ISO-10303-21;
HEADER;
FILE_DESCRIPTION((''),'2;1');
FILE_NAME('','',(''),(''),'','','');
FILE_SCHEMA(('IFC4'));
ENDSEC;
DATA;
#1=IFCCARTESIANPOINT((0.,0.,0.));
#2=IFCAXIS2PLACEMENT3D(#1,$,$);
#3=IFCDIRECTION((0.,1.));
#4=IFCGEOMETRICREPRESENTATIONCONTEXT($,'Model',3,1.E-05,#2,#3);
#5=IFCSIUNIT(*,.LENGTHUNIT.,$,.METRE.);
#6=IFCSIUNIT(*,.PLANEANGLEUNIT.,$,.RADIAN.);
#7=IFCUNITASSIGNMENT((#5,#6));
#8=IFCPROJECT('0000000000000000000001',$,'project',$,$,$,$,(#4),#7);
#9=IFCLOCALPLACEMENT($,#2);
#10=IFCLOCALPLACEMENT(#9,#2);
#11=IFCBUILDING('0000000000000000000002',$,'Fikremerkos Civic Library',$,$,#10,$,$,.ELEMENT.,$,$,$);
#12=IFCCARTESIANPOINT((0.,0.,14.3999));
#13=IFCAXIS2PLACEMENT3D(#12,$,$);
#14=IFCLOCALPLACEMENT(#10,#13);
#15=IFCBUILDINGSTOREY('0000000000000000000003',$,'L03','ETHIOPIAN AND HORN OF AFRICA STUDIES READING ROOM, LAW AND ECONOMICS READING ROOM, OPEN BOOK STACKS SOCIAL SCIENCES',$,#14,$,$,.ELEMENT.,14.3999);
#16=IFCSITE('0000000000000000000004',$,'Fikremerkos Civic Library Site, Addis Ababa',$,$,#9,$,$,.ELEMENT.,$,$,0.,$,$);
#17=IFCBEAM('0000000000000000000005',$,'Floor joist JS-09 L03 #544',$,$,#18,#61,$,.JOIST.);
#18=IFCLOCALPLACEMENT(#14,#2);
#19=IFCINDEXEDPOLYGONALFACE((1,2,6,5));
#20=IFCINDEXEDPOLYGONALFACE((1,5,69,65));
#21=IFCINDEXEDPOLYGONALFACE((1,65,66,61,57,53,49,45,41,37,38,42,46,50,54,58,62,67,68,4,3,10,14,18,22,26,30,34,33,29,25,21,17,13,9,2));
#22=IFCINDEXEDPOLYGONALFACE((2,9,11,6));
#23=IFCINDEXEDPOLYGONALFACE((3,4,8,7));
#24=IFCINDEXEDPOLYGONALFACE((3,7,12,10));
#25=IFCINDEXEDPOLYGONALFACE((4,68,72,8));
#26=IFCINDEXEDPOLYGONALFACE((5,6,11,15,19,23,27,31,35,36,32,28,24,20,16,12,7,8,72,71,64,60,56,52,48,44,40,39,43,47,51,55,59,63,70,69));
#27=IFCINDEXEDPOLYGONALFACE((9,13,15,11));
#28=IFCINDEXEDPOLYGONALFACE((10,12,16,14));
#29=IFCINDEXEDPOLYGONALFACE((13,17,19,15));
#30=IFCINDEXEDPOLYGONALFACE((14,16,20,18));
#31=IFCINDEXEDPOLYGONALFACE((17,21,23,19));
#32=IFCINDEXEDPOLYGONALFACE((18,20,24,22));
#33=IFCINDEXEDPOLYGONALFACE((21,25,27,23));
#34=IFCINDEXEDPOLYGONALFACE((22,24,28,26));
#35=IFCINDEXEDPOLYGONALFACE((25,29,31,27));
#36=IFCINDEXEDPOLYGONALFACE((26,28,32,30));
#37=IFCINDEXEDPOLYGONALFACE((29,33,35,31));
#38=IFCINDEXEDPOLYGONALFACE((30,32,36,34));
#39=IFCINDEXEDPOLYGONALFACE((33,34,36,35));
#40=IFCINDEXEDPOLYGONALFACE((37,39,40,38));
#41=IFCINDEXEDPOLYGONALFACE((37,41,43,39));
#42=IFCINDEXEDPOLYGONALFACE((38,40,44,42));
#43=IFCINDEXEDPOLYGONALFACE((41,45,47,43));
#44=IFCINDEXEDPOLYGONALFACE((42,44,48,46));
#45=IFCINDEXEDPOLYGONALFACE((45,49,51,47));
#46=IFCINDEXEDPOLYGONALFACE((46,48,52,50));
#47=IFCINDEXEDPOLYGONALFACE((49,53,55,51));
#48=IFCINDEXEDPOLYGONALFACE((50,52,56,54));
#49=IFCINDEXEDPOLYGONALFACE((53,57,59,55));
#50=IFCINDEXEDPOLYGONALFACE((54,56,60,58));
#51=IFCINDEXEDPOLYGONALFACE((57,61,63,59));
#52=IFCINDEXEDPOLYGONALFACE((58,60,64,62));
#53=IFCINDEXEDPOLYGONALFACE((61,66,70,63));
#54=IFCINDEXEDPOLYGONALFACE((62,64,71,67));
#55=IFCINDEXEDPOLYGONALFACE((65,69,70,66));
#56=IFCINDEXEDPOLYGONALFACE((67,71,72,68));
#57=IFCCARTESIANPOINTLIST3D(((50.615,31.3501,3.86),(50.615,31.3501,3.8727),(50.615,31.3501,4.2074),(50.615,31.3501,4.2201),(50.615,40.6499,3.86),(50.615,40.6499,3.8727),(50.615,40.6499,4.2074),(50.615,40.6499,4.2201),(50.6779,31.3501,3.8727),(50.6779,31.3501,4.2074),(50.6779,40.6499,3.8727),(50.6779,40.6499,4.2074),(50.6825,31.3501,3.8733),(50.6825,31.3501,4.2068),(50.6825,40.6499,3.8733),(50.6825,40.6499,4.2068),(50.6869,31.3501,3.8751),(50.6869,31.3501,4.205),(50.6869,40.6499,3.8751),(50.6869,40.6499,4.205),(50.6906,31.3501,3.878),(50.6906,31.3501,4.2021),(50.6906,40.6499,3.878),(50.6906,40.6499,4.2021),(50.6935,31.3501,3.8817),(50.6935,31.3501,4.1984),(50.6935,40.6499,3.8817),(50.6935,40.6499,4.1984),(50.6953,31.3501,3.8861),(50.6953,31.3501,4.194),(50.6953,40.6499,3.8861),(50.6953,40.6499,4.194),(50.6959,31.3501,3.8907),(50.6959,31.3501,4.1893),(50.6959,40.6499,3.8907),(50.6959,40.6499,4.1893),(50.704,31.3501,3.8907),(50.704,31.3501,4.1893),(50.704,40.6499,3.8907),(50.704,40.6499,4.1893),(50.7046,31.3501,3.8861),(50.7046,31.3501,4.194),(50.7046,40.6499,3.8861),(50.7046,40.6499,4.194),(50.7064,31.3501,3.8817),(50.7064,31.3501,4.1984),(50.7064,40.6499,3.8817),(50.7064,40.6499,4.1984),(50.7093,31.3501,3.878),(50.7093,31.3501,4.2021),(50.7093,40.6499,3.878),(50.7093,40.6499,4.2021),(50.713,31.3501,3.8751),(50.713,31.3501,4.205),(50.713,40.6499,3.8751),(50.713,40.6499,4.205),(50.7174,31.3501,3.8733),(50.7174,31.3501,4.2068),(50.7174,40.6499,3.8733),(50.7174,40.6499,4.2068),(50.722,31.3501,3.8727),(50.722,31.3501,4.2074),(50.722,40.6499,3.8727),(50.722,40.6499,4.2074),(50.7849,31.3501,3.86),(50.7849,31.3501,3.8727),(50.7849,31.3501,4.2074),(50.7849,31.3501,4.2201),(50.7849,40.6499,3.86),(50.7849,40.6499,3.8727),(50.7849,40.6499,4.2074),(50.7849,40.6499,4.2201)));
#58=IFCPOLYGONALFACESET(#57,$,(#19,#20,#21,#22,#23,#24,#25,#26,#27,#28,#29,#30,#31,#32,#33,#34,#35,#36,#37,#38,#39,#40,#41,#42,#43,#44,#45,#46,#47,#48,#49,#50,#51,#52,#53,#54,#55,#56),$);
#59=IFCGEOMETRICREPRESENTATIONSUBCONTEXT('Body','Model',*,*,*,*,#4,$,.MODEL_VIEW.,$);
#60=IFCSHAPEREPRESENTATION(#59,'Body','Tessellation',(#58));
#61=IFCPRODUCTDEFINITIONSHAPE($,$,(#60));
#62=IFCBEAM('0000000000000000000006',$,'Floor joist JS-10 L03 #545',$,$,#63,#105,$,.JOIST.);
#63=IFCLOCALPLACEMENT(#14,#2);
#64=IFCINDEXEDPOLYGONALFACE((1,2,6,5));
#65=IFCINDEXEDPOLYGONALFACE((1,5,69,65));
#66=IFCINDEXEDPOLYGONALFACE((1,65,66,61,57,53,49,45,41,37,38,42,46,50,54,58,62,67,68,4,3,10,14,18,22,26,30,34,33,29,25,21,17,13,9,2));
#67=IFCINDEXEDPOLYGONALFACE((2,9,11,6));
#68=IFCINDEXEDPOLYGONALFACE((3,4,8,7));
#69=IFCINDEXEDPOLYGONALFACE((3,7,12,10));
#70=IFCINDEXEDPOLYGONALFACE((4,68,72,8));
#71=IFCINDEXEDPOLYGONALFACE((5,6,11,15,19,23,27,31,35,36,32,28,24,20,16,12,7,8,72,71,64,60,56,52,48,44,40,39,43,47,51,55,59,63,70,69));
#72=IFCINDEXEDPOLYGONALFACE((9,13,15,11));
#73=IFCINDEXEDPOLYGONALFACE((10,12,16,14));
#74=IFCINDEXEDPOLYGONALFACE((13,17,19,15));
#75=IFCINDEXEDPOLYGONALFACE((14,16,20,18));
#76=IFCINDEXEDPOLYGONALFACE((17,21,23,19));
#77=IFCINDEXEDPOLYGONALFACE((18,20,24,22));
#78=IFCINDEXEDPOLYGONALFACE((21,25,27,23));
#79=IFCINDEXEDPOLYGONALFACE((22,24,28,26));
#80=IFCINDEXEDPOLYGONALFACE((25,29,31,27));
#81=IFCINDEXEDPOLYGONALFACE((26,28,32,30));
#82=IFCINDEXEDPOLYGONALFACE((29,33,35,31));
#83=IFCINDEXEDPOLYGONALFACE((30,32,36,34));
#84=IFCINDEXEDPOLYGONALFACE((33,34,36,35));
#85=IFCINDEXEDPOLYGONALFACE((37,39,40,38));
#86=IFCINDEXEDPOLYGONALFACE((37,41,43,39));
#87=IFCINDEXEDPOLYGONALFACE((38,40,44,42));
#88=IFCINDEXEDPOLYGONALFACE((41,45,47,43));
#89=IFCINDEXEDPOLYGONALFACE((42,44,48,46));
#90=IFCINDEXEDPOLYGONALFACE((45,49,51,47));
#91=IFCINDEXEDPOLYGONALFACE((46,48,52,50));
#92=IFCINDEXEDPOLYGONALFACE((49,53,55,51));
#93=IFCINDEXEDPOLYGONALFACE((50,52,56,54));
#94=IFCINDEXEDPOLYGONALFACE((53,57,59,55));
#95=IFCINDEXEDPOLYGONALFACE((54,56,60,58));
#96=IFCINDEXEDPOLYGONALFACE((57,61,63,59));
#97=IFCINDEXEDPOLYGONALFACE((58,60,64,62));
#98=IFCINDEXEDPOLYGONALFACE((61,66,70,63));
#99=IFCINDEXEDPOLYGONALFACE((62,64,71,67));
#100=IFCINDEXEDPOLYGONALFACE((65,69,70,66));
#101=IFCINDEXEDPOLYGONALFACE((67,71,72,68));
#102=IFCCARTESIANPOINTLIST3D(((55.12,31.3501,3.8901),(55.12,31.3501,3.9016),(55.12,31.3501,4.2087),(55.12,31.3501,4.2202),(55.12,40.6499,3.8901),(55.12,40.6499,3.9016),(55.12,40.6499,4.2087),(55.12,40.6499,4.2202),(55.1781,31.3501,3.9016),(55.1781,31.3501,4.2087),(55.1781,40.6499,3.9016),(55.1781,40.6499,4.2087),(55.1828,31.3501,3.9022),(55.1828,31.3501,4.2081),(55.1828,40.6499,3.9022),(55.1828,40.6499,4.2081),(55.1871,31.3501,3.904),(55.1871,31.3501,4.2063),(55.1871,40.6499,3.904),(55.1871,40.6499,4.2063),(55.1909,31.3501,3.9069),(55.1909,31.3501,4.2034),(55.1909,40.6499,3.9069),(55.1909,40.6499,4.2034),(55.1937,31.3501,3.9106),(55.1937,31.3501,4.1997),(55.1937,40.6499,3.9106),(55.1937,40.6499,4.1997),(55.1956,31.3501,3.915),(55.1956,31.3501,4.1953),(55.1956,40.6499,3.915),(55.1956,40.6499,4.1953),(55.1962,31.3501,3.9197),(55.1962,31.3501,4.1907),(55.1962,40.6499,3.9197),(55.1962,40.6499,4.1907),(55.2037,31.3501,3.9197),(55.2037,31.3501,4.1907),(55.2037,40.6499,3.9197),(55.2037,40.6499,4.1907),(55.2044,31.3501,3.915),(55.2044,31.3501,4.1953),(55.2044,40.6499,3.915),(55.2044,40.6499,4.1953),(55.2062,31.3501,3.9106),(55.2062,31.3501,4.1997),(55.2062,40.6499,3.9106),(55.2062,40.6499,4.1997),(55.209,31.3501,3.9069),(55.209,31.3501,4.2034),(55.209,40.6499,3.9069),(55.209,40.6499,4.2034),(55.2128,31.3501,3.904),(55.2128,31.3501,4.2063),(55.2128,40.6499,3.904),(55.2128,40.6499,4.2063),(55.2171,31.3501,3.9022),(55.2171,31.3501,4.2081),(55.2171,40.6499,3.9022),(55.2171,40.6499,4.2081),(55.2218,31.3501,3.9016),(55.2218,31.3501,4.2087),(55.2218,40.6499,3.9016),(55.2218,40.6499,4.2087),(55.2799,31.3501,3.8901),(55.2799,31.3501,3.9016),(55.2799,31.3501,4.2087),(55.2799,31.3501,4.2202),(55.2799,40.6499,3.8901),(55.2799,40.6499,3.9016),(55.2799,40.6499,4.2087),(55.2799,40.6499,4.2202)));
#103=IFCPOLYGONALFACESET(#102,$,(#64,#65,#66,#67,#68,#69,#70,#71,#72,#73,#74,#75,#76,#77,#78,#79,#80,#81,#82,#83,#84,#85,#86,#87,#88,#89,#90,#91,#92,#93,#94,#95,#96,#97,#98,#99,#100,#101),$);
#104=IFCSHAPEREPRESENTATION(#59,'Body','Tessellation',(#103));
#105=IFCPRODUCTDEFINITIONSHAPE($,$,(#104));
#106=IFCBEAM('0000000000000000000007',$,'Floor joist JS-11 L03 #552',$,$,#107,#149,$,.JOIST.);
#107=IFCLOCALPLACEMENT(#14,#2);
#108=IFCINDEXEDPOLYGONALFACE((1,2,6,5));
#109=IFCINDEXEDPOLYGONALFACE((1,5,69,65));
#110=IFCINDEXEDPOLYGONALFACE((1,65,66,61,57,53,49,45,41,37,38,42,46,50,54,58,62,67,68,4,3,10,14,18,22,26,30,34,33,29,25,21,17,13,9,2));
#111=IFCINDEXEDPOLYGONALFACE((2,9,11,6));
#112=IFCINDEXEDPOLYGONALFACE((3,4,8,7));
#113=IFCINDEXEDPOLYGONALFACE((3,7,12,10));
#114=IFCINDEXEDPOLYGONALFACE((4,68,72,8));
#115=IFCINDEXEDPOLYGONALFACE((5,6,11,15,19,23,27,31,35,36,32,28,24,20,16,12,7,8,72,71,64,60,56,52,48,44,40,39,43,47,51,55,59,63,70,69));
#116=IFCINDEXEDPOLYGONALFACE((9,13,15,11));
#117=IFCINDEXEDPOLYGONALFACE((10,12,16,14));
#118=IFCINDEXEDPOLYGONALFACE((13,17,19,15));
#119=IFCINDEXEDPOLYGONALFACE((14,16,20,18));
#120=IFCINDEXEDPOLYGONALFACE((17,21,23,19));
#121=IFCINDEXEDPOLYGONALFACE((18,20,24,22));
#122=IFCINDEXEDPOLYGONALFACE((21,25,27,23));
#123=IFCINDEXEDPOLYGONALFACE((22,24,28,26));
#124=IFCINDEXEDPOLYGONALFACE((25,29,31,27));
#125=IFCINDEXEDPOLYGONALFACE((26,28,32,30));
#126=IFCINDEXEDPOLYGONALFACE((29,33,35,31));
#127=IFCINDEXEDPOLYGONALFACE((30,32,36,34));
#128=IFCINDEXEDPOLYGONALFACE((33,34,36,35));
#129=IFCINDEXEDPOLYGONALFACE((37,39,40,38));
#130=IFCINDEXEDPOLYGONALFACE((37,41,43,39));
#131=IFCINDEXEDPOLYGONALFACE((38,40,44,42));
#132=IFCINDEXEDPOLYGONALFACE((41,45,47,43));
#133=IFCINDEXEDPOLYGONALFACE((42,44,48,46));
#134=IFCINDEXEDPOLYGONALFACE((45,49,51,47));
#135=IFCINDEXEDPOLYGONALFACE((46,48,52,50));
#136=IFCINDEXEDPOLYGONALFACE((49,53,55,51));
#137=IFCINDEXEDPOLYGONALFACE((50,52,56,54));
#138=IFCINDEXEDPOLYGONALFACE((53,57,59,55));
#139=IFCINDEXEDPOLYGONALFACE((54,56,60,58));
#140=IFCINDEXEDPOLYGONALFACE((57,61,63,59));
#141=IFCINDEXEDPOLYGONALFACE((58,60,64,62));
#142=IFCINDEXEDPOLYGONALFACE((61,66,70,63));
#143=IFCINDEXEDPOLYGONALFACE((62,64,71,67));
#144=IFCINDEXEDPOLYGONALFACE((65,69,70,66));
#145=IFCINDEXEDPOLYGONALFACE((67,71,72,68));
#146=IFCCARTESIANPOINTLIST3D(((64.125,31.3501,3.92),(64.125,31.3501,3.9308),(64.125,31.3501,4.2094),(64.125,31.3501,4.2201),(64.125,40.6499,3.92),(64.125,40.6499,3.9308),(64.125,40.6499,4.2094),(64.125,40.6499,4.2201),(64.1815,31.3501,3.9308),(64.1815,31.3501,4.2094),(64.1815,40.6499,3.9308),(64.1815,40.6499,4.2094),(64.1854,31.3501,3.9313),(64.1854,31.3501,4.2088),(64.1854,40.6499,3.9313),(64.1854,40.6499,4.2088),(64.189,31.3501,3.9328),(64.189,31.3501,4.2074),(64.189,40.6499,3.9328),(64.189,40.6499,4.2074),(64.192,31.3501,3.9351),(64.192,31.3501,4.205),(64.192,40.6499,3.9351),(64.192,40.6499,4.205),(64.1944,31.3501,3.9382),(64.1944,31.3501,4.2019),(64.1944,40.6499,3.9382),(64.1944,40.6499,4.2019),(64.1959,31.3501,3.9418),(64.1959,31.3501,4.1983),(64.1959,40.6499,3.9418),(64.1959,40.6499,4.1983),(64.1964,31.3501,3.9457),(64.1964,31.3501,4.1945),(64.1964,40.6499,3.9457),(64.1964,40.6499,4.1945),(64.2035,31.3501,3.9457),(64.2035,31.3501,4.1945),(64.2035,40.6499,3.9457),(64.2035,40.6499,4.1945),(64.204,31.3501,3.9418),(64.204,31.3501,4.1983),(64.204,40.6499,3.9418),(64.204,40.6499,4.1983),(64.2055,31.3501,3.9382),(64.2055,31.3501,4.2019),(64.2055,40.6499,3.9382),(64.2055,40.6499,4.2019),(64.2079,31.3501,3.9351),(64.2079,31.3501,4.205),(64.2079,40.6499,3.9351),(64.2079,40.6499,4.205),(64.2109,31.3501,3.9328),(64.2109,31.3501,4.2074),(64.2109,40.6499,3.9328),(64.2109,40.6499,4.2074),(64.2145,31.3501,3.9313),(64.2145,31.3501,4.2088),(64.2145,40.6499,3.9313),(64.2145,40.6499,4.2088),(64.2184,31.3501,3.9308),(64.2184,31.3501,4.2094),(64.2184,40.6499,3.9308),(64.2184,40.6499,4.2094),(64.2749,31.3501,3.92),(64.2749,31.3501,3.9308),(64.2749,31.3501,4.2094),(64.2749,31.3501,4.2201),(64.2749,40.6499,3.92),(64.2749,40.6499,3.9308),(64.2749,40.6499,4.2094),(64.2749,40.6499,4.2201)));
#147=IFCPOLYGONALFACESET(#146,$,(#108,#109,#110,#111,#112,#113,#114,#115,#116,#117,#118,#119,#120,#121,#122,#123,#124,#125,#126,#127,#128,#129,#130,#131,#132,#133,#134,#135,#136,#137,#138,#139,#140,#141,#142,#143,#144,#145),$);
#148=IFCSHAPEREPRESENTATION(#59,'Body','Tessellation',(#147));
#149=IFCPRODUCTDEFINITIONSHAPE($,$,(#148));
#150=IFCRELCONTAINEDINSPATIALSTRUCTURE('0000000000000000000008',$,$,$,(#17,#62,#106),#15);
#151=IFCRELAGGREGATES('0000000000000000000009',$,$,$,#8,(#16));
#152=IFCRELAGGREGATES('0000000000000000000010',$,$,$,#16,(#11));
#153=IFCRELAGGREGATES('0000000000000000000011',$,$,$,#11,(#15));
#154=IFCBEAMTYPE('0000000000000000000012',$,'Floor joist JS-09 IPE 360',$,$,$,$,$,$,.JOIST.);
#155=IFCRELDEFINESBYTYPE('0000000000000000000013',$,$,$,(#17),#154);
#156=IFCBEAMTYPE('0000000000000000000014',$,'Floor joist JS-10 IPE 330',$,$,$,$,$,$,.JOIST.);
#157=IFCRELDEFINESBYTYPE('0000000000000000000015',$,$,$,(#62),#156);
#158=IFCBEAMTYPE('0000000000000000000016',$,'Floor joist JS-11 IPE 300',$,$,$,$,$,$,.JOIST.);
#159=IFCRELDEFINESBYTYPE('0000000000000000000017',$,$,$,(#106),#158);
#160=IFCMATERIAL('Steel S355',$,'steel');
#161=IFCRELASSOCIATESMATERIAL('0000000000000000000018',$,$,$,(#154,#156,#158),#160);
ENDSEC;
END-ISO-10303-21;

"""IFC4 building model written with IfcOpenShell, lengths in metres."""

from ifc_helpers import new_model, si_unit, direction, frame, origin, origin_2d, place, context, subcontext, project, spatial, i_section, extrude, material, material_profile, profile_set, type_object, element, save


model = new_model("IFC4")

# Units and contexts
model_context = context("Model", 3, precision=1e-05, world=origin(), true_north=direction((0.0, 1.0)))
body_context = subcontext(model_context, "Body", "Model", "MODEL_VIEW")
ifc_project = project(units=[si_unit("LENGTHUNIT", "METRE"), si_unit("PLANEANGLEUNIT", "RADIAN")], contexts=[model_context])

# Site, building, storey
site_placement = place(None, origin())
site = spatial("IfcSite", under=ifc_project, at=site_placement, Name="Fikremerkos Civic Library Site, Addis Ababa", CompositionType="ELEMENT", RefElevation=0.0)
building_placement = place(site_placement, origin())
building = spatial("IfcBuilding", under=site, at=building_placement, Name="Fikremerkos Civic Library", CompositionType="ELEMENT")
storey_placement = place(building_placement, frame((0.0, 0.0, 14.3999)))
storey = spatial("IfcBuildingStorey", under=building, at=storey_placement, Name="L03", Description="ETHIOPIAN AND HORN OF AFRICA STUDIES READING ROOM, LAW AND ECONOMICS READING ROOM, OPEN BOOK STACKS SOCIAL SCIENCES", CompositionType="ELEMENT", Elevation=14.3999)

# Shared definitions
ifc_material_1 = material(Name="Steel S355", Category="steel")

# Beams
ifc_material_profile_1 = material_profile(ifc_material_1, i_section(OverallWidth=0.1699, OverallDepth=0.3601, WebThickness=0.0081, FlangeThickness=0.0127, FilletRadius=0.0181, at=origin_2d()), Name="IPE 360")
ifc_profile_set_1 = profile_set([ifc_material_profile_1], Name="Steel S355")
beam_type_1 = type_object("IfcBeamType", Name="Floor joist JS-09 IPE 360", PredefinedType="JOIST", material=ifc_profile_set_1)
beam_1_placement = place(storey_placement, frame((50.7, 31.3501, 4.04), z_axis=(0.0, 1.0, 0.0), x_axis=(-1.0, 0.0, 0.0)))
element("IfcBeam", 1, at=beam_1_placement, inside=storey, type_object=beam_type_1, Name="Floor joist JS-09 L03 #544", PredefinedType="JOIST", context=body_context, shape_type="SweptSolid", body=[
    extrude(i_section(OverallWidth=0.1699, OverallDepth=0.3601, WebThickness=0.0081, FlangeThickness=0.0127, FilletRadius=0.0181, at=origin_2d()), origin(), (0.0, 0.0, 1.0), 9.2998),
])
ifc_material_profile_2 = material_profile(ifc_material_1, i_section(OverallWidth=0.1599, OverallDepth=0.3301, WebThickness=0.0076, FlangeThickness=0.0115, FilletRadius=0.0181, at=origin_2d()), Name="IPE 330")
ifc_profile_set_2 = profile_set([ifc_material_profile_2], Name="Steel S355")
beam_type_2 = type_object("IfcBeamType", Name="Floor joist JS-10 IPE 330", PredefinedType="JOIST", material=ifc_profile_set_2)
beam_2_placement = place(storey_placement, frame((55.2, 31.3501, 4.0552), z_axis=(0.0, 1.0, 0.0), x_axis=(-1.0, 0.0, 0.0)))
element("IfcBeam", 2, at=beam_2_placement, inside=storey, type_object=beam_type_2, Name="Floor joist JS-10 L03 #545", PredefinedType="JOIST", context=body_context, shape_type="SweptSolid", body=[
    extrude(i_section(OverallWidth=0.1599, OverallDepth=0.3301, WebThickness=0.0076, FlangeThickness=0.0115, FilletRadius=0.0181, at=origin_2d()), origin(), (0.0, 0.0, 1.0), 9.2998),
])
ifc_material_profile_3 = material_profile(ifc_material_1, i_section(OverallWidth=0.1499, OverallDepth=0.3, WebThickness=0.0071, FlangeThickness=0.0107, FilletRadius=0.0149, at=origin_2d()), Name="IPE 300")
ifc_profile_set_3 = profile_set([ifc_material_profile_3], Name="Steel S355")
beam_type_3 = type_object("IfcBeamType", Name="Floor joist JS-11 IPE 300", PredefinedType="JOIST", material=ifc_profile_set_3)
beam_3_placement = place(storey_placement, frame((64.2, 31.3501, 4.0701), z_axis=(0.0, 1.0, 0.0), x_axis=(-1.0, 0.0, 0.0)))
element("IfcBeam", 3, at=beam_3_placement, inside=storey, type_object=beam_type_3, Name="Floor joist JS-11 L03 #552", PredefinedType="JOIST", context=body_context, shape_type="SweptSolid", body=[
    extrude(i_section(OverallWidth=0.1499, OverallDepth=0.3, WebThickness=0.0071, FlangeThickness=0.0107, FilletRadius=0.0149, at=origin_2d()), origin(), (0.0, 0.0, 1.0), 9.2998),
])

save(model, "model.ifc")
